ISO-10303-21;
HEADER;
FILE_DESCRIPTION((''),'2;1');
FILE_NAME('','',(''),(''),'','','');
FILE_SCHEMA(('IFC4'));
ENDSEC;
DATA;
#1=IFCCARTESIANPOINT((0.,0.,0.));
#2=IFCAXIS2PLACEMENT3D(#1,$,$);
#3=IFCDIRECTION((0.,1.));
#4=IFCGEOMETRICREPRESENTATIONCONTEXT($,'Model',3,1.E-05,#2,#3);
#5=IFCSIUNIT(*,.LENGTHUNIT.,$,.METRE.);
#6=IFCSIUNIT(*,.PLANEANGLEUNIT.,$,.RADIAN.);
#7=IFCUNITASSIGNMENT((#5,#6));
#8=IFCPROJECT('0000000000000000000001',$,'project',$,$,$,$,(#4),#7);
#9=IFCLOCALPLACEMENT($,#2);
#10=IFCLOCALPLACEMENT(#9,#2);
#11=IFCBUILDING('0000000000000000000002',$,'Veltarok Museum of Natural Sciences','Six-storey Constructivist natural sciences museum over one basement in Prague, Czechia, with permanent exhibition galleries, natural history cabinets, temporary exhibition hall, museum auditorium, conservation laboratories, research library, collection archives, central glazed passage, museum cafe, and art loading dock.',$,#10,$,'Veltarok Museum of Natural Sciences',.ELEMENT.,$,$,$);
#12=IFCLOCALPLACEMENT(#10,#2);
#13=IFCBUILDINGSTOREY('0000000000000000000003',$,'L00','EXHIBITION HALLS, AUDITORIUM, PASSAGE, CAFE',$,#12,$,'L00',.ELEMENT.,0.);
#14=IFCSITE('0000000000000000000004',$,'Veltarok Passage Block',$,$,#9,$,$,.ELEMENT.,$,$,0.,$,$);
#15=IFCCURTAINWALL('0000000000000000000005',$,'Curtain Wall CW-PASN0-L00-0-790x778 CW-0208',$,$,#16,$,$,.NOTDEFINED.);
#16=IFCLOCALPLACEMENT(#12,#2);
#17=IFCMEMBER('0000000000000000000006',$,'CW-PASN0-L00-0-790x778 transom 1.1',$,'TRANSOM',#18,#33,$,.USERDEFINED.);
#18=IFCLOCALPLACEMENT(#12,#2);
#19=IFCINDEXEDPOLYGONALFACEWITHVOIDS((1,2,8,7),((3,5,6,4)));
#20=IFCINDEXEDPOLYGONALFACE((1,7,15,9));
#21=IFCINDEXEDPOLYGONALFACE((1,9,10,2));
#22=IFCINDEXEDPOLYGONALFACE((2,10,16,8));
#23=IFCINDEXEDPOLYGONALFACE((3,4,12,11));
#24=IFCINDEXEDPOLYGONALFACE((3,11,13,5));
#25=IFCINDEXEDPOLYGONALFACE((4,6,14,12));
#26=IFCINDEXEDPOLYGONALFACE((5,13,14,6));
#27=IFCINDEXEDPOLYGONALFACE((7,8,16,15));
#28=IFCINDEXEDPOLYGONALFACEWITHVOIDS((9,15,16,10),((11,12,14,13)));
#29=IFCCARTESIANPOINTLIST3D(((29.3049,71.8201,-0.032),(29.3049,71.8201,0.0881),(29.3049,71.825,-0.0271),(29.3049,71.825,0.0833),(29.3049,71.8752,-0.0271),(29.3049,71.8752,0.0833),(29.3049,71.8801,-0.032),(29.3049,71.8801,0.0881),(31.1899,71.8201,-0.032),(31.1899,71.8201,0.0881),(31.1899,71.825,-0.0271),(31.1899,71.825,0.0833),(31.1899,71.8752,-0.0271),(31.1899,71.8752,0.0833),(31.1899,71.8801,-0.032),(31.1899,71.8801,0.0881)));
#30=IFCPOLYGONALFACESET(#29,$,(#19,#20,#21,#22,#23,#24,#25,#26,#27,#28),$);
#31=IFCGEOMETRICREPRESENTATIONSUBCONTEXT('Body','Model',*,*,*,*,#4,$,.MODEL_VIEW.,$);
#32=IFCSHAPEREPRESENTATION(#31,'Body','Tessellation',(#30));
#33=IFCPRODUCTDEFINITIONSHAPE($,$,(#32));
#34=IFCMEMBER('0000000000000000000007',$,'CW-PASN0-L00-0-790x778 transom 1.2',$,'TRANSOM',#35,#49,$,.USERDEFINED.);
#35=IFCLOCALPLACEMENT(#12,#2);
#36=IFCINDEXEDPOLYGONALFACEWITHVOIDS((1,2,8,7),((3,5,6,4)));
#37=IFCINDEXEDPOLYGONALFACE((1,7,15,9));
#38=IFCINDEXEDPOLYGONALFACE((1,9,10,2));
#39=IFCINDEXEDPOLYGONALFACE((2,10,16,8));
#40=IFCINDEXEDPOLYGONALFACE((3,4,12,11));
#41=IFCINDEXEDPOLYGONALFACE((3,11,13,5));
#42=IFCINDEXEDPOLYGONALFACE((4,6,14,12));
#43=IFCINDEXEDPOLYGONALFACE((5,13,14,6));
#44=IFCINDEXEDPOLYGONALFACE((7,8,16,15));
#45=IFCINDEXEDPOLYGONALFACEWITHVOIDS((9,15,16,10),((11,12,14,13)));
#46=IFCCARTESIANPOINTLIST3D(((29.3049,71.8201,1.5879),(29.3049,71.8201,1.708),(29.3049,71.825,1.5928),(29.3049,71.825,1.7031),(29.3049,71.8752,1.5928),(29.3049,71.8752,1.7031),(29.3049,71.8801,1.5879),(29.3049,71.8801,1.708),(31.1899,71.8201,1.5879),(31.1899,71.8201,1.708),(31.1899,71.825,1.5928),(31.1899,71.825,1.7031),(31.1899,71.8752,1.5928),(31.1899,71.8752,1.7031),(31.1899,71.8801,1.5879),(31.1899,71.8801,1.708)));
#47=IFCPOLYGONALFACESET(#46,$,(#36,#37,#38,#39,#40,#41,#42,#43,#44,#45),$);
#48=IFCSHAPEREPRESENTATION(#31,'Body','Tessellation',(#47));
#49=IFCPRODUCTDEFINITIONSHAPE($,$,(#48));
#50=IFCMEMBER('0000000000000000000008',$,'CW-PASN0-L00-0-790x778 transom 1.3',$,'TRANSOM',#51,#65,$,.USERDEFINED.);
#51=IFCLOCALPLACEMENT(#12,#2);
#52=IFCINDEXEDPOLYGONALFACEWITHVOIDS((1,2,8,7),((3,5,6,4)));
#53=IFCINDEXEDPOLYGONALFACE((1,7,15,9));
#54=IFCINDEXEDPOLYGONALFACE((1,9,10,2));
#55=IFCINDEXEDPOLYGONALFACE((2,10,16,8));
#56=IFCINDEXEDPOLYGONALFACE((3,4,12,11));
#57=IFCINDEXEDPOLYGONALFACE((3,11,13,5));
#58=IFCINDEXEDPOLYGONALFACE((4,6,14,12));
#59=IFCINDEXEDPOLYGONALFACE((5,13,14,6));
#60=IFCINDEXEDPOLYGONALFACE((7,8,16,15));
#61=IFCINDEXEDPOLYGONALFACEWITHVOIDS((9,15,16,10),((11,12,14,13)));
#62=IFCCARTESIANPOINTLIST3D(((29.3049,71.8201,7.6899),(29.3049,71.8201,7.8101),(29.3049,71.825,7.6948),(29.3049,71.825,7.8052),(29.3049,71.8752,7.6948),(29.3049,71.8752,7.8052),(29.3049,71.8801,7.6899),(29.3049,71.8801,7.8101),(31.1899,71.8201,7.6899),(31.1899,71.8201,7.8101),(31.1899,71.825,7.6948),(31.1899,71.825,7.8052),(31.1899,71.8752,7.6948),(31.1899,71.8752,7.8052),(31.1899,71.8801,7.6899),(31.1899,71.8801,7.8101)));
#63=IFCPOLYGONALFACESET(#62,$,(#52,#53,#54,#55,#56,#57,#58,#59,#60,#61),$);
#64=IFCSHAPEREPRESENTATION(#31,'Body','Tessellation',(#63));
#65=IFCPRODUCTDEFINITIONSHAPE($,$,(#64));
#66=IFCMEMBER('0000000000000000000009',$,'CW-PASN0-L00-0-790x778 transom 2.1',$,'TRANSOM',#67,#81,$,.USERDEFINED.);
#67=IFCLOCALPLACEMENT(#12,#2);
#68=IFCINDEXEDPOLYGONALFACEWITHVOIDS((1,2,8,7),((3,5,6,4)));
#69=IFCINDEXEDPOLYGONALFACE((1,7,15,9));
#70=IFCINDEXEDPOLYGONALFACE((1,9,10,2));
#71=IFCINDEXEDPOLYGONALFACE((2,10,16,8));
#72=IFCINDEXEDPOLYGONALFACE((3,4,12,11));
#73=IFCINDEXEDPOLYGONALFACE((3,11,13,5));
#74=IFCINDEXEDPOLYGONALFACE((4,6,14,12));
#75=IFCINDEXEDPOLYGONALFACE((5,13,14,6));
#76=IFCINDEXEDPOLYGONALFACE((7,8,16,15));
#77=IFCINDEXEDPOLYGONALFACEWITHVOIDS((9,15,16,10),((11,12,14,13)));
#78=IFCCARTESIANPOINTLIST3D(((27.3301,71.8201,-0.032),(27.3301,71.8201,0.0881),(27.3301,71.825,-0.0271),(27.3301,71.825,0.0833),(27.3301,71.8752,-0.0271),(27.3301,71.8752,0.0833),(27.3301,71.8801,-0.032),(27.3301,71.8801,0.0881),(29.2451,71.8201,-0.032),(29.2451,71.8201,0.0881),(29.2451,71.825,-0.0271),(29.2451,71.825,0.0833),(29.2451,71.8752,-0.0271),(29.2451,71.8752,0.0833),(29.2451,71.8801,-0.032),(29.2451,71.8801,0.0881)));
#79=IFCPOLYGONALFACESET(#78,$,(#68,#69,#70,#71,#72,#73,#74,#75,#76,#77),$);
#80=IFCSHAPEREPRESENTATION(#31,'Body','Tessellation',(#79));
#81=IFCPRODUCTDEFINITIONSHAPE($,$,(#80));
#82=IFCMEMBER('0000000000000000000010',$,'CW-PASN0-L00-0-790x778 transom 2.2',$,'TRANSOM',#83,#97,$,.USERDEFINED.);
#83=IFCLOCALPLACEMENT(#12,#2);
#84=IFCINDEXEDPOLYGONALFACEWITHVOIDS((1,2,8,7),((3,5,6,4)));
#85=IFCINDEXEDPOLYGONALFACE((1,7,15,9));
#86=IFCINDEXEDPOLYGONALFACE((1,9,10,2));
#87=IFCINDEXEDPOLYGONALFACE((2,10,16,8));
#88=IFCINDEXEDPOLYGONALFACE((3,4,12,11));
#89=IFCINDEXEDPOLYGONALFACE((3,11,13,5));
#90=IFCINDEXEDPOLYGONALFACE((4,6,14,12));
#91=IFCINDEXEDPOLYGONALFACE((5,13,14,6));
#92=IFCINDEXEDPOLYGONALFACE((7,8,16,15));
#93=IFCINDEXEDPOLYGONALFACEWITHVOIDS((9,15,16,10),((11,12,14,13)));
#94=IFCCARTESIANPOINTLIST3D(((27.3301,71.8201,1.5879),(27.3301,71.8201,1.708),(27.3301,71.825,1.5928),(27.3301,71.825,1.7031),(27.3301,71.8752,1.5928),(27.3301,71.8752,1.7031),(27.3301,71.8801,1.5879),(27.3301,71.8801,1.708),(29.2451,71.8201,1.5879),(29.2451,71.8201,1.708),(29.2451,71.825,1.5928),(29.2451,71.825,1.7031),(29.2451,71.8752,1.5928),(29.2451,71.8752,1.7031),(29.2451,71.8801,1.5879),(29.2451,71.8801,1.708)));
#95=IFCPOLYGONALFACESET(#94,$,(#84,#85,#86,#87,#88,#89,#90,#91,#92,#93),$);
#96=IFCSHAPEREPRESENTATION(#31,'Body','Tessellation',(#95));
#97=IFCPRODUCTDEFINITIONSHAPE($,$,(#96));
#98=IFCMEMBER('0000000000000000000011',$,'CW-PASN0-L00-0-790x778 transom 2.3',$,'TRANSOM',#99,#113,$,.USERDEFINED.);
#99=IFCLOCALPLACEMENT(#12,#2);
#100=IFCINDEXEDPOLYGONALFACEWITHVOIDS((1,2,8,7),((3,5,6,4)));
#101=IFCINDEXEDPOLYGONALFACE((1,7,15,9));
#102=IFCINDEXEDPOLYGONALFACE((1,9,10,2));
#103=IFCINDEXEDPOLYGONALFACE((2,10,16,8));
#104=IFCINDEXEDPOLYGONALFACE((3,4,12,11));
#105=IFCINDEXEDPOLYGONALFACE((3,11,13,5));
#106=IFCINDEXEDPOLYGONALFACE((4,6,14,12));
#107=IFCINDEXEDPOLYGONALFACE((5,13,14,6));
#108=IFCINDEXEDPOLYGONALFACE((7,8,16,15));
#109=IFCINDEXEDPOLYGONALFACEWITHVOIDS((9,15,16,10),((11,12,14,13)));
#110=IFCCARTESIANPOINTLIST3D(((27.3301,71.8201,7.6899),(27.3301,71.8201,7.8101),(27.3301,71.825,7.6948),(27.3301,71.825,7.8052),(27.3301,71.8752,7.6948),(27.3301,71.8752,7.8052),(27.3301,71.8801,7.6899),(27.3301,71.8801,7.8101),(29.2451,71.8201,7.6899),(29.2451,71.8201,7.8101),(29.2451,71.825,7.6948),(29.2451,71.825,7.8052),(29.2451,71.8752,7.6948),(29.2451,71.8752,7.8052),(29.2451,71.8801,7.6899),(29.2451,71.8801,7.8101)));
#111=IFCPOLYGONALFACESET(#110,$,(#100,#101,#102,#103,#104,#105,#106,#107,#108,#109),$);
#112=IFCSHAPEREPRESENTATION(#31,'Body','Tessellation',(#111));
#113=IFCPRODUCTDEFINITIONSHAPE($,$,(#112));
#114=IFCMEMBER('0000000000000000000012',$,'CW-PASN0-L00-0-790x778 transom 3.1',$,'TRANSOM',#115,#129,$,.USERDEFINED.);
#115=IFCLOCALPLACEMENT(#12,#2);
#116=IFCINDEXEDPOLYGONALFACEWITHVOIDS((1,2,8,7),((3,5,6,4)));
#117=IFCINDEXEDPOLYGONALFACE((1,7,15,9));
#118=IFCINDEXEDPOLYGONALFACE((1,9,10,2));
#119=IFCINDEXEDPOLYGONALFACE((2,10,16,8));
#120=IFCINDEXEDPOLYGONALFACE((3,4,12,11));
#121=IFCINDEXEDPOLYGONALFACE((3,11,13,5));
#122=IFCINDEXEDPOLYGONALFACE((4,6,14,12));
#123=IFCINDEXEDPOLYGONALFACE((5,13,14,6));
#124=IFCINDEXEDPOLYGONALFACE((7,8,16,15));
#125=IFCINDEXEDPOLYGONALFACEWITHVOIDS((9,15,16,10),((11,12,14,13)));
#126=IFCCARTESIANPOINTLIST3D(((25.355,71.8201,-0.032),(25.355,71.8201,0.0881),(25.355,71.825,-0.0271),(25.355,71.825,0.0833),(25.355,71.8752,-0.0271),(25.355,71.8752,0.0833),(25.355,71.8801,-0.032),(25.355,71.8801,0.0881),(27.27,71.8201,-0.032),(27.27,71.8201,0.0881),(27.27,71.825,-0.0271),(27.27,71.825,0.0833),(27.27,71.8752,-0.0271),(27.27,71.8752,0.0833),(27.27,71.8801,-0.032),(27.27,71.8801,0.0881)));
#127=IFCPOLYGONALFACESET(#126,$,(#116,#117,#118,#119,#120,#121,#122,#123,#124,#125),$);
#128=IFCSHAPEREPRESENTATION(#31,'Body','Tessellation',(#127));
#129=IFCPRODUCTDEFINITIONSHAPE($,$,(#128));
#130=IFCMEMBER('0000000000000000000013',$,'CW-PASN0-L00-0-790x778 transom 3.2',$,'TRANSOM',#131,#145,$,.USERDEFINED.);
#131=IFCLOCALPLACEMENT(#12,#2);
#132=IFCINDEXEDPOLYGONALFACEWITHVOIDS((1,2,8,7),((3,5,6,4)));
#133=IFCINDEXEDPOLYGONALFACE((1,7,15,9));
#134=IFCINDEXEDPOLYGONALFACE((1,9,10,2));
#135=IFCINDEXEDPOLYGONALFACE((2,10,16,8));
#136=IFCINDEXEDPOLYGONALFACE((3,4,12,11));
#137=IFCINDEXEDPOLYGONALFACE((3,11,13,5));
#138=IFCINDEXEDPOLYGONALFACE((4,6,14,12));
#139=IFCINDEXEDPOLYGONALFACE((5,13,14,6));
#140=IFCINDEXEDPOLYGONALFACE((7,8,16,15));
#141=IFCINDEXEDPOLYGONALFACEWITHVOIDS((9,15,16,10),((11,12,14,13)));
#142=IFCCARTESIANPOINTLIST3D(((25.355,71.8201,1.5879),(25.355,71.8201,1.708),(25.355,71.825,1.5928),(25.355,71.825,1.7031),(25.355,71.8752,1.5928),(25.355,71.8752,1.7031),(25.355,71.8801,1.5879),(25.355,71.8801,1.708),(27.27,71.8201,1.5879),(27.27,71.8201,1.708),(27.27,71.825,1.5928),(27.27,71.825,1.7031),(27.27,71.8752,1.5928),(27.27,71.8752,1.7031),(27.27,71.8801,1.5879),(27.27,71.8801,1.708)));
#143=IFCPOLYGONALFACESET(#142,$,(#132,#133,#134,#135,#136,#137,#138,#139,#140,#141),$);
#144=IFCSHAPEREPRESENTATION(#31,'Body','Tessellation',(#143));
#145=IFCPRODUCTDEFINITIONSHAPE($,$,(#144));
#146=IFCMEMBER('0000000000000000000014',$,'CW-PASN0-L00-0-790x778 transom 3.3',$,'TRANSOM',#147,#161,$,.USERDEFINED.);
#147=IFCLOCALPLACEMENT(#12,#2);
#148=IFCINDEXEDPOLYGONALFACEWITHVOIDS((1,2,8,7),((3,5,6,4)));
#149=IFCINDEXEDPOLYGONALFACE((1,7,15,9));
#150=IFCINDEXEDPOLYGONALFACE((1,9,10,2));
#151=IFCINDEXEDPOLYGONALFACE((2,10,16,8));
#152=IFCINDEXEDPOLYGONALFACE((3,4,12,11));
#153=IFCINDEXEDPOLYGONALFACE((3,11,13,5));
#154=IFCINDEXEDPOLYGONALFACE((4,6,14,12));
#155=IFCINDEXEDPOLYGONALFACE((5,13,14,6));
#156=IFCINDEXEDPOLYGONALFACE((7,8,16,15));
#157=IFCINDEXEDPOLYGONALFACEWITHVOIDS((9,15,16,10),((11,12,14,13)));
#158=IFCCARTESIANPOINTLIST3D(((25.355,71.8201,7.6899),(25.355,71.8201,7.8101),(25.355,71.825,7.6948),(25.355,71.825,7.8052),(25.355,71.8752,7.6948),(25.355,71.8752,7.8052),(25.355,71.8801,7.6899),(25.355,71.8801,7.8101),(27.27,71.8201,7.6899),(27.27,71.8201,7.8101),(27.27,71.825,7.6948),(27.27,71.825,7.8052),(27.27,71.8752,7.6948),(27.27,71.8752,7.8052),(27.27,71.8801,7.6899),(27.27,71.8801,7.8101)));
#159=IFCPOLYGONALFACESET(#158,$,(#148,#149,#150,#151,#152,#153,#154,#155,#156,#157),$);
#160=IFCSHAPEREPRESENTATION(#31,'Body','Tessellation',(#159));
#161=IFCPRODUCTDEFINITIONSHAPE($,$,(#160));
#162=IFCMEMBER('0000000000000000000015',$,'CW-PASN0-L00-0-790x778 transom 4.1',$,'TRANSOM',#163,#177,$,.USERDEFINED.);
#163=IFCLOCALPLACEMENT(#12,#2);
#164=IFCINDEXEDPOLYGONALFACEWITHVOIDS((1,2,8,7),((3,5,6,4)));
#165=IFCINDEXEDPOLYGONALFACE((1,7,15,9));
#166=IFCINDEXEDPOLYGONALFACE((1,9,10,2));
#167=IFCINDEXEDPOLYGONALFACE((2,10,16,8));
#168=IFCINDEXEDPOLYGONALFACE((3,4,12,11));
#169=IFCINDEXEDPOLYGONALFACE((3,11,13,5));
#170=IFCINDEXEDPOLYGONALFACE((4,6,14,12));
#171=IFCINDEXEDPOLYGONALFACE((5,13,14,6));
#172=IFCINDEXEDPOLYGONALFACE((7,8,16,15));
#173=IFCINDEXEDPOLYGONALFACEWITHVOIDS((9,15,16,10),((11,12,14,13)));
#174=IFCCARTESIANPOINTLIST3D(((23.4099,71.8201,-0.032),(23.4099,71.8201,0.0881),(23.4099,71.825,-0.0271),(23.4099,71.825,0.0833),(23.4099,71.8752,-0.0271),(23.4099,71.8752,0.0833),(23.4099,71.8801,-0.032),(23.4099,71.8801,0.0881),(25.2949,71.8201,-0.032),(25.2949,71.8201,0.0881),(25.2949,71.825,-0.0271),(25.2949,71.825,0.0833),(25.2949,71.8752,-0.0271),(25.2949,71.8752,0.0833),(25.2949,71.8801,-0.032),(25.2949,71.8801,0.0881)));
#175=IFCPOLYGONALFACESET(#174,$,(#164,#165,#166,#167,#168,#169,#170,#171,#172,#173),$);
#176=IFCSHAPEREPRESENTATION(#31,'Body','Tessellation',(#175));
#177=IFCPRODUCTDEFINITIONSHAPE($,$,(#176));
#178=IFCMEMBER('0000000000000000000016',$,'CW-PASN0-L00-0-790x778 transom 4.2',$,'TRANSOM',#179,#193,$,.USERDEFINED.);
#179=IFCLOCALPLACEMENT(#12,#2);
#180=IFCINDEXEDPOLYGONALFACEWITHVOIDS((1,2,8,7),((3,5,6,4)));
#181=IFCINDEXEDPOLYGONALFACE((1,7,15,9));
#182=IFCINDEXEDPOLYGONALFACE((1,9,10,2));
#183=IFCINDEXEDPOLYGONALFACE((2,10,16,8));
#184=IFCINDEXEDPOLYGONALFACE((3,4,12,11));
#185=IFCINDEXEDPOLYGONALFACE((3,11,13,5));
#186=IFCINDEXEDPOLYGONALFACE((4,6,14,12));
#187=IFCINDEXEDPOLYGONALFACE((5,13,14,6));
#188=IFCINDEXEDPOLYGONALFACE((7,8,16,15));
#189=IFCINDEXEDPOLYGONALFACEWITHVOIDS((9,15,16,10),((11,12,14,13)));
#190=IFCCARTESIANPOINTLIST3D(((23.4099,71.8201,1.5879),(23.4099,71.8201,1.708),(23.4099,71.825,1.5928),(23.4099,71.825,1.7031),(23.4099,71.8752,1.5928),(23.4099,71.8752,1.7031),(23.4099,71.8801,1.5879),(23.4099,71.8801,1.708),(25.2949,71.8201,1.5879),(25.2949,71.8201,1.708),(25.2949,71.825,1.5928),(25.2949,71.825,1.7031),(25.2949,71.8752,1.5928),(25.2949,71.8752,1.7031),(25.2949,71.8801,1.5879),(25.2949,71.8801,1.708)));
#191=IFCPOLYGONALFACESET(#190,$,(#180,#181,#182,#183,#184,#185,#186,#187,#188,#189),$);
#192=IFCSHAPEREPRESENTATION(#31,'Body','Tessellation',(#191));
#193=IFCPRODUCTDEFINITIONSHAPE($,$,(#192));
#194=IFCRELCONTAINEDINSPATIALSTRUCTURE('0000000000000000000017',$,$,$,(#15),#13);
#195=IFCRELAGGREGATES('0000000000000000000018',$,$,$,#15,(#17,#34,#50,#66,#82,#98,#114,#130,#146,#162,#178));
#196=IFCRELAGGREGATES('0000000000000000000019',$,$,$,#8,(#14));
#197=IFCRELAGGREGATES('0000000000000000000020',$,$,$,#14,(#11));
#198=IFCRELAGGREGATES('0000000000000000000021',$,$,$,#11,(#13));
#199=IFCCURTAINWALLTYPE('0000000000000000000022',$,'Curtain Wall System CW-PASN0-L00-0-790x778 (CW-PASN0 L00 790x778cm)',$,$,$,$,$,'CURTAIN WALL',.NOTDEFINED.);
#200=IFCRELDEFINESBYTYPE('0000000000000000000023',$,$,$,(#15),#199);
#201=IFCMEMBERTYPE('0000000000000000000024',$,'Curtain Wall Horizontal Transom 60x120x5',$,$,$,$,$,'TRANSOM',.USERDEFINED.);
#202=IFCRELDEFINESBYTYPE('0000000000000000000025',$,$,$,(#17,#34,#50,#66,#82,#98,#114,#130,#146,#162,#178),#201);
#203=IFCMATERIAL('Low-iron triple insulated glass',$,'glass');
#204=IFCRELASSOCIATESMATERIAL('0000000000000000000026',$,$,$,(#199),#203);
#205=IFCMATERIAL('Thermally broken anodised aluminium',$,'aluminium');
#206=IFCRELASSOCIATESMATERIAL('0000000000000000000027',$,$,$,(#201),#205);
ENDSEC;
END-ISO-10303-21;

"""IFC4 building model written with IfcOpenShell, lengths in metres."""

from ifc_helpers import new_model, si_unit, direction, frame, origin, origin_2d, place, context, subcontext, project, spatial, hollow_rectangle, extrude, material, material_profile, profile_set, type_object, element, aggregate, save


model = new_model("IFC4")

# Units and contexts
model_context = context("Model", 3, precision=1e-05, world=origin(), true_north=direction((0.0, 1.0)))
body_context = subcontext(model_context, "Body", "Model", "MODEL_VIEW")
ifc_project = project(units=[si_unit("LENGTHUNIT", "METRE"), si_unit("PLANEANGLEUNIT", "RADIAN")], contexts=[model_context])

# Site, building, storey
site_placement = place(None, origin())
site = spatial("IfcSite", under=ifc_project, at=site_placement, Name="Veltarok Passage Block", CompositionType="ELEMENT", RefElevation=0.0)
building_placement = place(site_placement, origin())
building = spatial("IfcBuilding", under=site, at=building_placement, Name="Veltarok Museum of Natural Sciences", Description="Six-storey Constructivist natural sciences museum over one basement in Prague, Czechia, with permanent exhibition galleries, natural history cabinets, temporary exhibition hall, museum auditorium, conservation laboratories, research library, collection archives, central glazed passage, museum cafe, and art loading dock.", LongName="Veltarok Museum of Natural Sciences", CompositionType="ELEMENT")
storey_placement = place(building_placement, origin())
storey = spatial("IfcBuildingStorey", under=building, at=storey_placement, Name="L00", Description="EXHIBITION HALLS, AUDITORIUM, PASSAGE, CAFE", LongName="L00", CompositionType="ELEMENT", Elevation=0.0)

# Curtain wall, members
ifc_material_1 = material(Name="Low-iron triple insulated glass", Category="glass")
curtain_wall_type = type_object("IfcCurtainWallType", Name="Curtain Wall System CW-PASN0-L00-0-790x778 (CW-PASN0 L00 790x778cm)", ElementType="CURTAIN WALL", PredefinedType="NOTDEFINED", material=ifc_material_1)
curtain_wall_placement = place(storey_placement, origin())
curtain_wall = element("IfcCurtainWall", 1, at=curtain_wall_placement, inside=storey, type_object=curtain_wall_type, Name="Curtain Wall CW-PASN0-L00-0-790x778 CW-0208", PredefinedType="NOTDEFINED")
ifc_material_2 = material(Name="Thermally broken anodised aluminium", Category="aluminium")
ifc_material_profile_1 = material_profile(ifc_material_2, hollow_rectangle(XDim=0.0601, YDim=0.1201, WallThickness=0.0049, at=origin_2d()), Name="CW TRANSOM 60x120x5")
ifc_profile_set_1 = profile_set([ifc_material_profile_1], Name="Thermally broken anodised aluminium")
member_type_1 = type_object("IfcMemberType", Name="Curtain Wall Horizontal Transom 60x120x5", ElementType="TRANSOM", PredefinedType="USERDEFINED", material=ifc_profile_set_1)
member_1_placement = place(storey_placement, frame((31.1899, 71.8501, 0.0281), z_axis=(-1.0, 0.0, 0.0), x_axis=(0.0, -1.0, 0.0)))
member_1 = element("IfcMember", 2, at=member_1_placement, type_object=member_type_1, Name="CW-PASN0-L00-0-790x778 transom 1.1", ObjectType="TRANSOM", PredefinedType="USERDEFINED", context=body_context, shape_type="SweptSolid", body=[
    extrude(hollow_rectangle(XDim=0.0601, YDim=0.1201, WallThickness=0.0049, at=origin_2d()), origin(), (0.0, 0.0, 1.0), 1.885),
])
member_2_placement = place(storey_placement, frame((31.1899, 71.8501, 1.6479), z_axis=(-1.0, 0.0, 0.0), x_axis=(0.0, -1.0, 0.0)))
member_2 = element("IfcMember", 3, at=member_2_placement, type_object=member_type_1, Name="CW-PASN0-L00-0-790x778 transom 1.2", ObjectType="TRANSOM", PredefinedType="USERDEFINED", context=body_context, shape_type="SweptSolid", body=[
    extrude(hollow_rectangle(XDim=0.0601, YDim=0.1201, WallThickness=0.0049, at=origin_2d()), origin(), (0.0, 0.0, 1.0), 1.885),
])
member_3_placement = place(storey_placement, frame((31.1899, 71.8501, 7.75), z_axis=(-1.0, 0.0, 0.0), x_axis=(0.0, -1.0, 0.0)))
member_3 = element("IfcMember", 4, at=member_3_placement, type_object=member_type_1, Name="CW-PASN0-L00-0-790x778 transom 1.3", ObjectType="TRANSOM", PredefinedType="USERDEFINED", context=body_context, shape_type="SweptSolid", body=[
    extrude(hollow_rectangle(XDim=0.0601, YDim=0.1201, WallThickness=0.0049, at=origin_2d()), origin(), (0.0, 0.0, 1.0), 1.885),
])
member_4_placement = place(storey_placement, frame((29.2451, 71.8501, 0.0281), z_axis=(-1.0, 0.0, 0.0), x_axis=(0.0, -1.0, 0.0)))
member_4 = element("IfcMember", 5, at=member_4_placement, type_object=member_type_1, Name="CW-PASN0-L00-0-790x778 transom 2.1", ObjectType="TRANSOM", PredefinedType="USERDEFINED", context=body_context, shape_type="SweptSolid", body=[
    extrude(hollow_rectangle(XDim=0.0601, YDim=0.1201, WallThickness=0.0049, at=origin_2d()), origin(), (0.0, 0.0, 1.0), 1.915),
])
member_5_placement = place(storey_placement, frame((29.2451, 71.8501, 1.6479), z_axis=(-1.0, 0.0, 0.0), x_axis=(0.0, -1.0, 0.0)))
member_5 = element("IfcMember", 6, at=member_5_placement, type_object=member_type_1, Name="CW-PASN0-L00-0-790x778 transom 2.2", ObjectType="TRANSOM", PredefinedType="USERDEFINED", context=body_context, shape_type="SweptSolid", body=[
    extrude(hollow_rectangle(XDim=0.0601, YDim=0.1201, WallThickness=0.0049, at=origin_2d()), origin(), (0.0, 0.0, 1.0), 1.915),
])
member_6_placement = place(storey_placement, frame((29.2451, 71.8501, 7.75), z_axis=(-1.0, 0.0, 0.0), x_axis=(0.0, -1.0, 0.0)))
member_6 = element("IfcMember", 7, at=member_6_placement, type_object=member_type_1, Name="CW-PASN0-L00-0-790x778 transom 2.3", ObjectType="TRANSOM", PredefinedType="USERDEFINED", context=body_context, shape_type="SweptSolid", body=[
    extrude(hollow_rectangle(XDim=0.0601, YDim=0.1201, WallThickness=0.0049, at=origin_2d()), origin(), (0.0, 0.0, 1.0), 1.915),
])
member_7_placement = place(storey_placement, frame((27.27, 71.8501, 0.0281), z_axis=(-1.0, 0.0, 0.0), x_axis=(0.0, -1.0, 0.0)))
member_7 = element("IfcMember", 8, at=member_7_placement, type_object=member_type_1, Name="CW-PASN0-L00-0-790x778 transom 3.1", ObjectType="TRANSOM", PredefinedType="USERDEFINED", context=body_context, shape_type="SweptSolid", body=[
    extrude(hollow_rectangle(XDim=0.0601, YDim=0.1201, WallThickness=0.0049, at=origin_2d()), origin(), (0.0, 0.0, 1.0), 1.915),
])
member_8_placement = place(storey_placement, frame((27.27, 71.8501, 1.6479), z_axis=(-1.0, 0.0, 0.0), x_axis=(0.0, -1.0, 0.0)))
member_8 = element("IfcMember", 9, at=member_8_placement, type_object=member_type_1, Name="CW-PASN0-L00-0-790x778 transom 3.2", ObjectType="TRANSOM", PredefinedType="USERDEFINED", context=body_context, shape_type="SweptSolid", body=[
    extrude(hollow_rectangle(XDim=0.0601, YDim=0.1201, WallThickness=0.0049, at=origin_2d()), origin(), (0.0, 0.0, 1.0), 1.915),
])
member_9_placement = place(storey_placement, frame((27.27, 71.8501, 7.75), z_axis=(-1.0, 0.0, 0.0), x_axis=(0.0, -1.0, 0.0)))
member_9 = element("IfcMember", 10, at=member_9_placement, type_object=member_type_1, Name="CW-PASN0-L00-0-790x778 transom 3.3", ObjectType="TRANSOM", PredefinedType="USERDEFINED", context=body_context, shape_type="SweptSolid", body=[
    extrude(hollow_rectangle(XDim=0.0601, YDim=0.1201, WallThickness=0.0049, at=origin_2d()), origin(), (0.0, 0.0, 1.0), 1.915),
])
member_10_placement = place(storey_placement, frame((25.2949, 71.8501, 0.0281), z_axis=(-1.0, 0.0, 0.0), x_axis=(0.0, -1.0, 0.0)))
member_10 = element("IfcMember", 11, at=member_10_placement, type_object=member_type_1, Name="CW-PASN0-L00-0-790x778 transom 4.1", ObjectType="TRANSOM", PredefinedType="USERDEFINED", context=body_context, shape_type="SweptSolid", body=[
    extrude(hollow_rectangle(XDim=0.0601, YDim=0.1201, WallThickness=0.0049, at=origin_2d()), origin(), (0.0, 0.0, 1.0), 1.885),
])
member_11_placement = place(storey_placement, frame((25.2949, 71.8501, 1.6479), z_axis=(-1.0, 0.0, 0.0), x_axis=(0.0, -1.0, 0.0)))
member_11 = element("IfcMember", 12, at=member_11_placement, type_object=member_type_1, Name="CW-PASN0-L00-0-790x778 transom 4.2", ObjectType="TRANSOM", PredefinedType="USERDEFINED", context=body_context, shape_type="SweptSolid", body=[
    extrude(hollow_rectangle(XDim=0.0601, YDim=0.1201, WallThickness=0.0049, at=origin_2d()), origin(), (0.0, 0.0, 1.0), 1.885),
])
aggregate(curtain_wall, [member_1, member_2, member_3, member_4, member_5, member_6, member_7, member_8, member_9, member_10, member_11])

save(model, "model.ifc")
